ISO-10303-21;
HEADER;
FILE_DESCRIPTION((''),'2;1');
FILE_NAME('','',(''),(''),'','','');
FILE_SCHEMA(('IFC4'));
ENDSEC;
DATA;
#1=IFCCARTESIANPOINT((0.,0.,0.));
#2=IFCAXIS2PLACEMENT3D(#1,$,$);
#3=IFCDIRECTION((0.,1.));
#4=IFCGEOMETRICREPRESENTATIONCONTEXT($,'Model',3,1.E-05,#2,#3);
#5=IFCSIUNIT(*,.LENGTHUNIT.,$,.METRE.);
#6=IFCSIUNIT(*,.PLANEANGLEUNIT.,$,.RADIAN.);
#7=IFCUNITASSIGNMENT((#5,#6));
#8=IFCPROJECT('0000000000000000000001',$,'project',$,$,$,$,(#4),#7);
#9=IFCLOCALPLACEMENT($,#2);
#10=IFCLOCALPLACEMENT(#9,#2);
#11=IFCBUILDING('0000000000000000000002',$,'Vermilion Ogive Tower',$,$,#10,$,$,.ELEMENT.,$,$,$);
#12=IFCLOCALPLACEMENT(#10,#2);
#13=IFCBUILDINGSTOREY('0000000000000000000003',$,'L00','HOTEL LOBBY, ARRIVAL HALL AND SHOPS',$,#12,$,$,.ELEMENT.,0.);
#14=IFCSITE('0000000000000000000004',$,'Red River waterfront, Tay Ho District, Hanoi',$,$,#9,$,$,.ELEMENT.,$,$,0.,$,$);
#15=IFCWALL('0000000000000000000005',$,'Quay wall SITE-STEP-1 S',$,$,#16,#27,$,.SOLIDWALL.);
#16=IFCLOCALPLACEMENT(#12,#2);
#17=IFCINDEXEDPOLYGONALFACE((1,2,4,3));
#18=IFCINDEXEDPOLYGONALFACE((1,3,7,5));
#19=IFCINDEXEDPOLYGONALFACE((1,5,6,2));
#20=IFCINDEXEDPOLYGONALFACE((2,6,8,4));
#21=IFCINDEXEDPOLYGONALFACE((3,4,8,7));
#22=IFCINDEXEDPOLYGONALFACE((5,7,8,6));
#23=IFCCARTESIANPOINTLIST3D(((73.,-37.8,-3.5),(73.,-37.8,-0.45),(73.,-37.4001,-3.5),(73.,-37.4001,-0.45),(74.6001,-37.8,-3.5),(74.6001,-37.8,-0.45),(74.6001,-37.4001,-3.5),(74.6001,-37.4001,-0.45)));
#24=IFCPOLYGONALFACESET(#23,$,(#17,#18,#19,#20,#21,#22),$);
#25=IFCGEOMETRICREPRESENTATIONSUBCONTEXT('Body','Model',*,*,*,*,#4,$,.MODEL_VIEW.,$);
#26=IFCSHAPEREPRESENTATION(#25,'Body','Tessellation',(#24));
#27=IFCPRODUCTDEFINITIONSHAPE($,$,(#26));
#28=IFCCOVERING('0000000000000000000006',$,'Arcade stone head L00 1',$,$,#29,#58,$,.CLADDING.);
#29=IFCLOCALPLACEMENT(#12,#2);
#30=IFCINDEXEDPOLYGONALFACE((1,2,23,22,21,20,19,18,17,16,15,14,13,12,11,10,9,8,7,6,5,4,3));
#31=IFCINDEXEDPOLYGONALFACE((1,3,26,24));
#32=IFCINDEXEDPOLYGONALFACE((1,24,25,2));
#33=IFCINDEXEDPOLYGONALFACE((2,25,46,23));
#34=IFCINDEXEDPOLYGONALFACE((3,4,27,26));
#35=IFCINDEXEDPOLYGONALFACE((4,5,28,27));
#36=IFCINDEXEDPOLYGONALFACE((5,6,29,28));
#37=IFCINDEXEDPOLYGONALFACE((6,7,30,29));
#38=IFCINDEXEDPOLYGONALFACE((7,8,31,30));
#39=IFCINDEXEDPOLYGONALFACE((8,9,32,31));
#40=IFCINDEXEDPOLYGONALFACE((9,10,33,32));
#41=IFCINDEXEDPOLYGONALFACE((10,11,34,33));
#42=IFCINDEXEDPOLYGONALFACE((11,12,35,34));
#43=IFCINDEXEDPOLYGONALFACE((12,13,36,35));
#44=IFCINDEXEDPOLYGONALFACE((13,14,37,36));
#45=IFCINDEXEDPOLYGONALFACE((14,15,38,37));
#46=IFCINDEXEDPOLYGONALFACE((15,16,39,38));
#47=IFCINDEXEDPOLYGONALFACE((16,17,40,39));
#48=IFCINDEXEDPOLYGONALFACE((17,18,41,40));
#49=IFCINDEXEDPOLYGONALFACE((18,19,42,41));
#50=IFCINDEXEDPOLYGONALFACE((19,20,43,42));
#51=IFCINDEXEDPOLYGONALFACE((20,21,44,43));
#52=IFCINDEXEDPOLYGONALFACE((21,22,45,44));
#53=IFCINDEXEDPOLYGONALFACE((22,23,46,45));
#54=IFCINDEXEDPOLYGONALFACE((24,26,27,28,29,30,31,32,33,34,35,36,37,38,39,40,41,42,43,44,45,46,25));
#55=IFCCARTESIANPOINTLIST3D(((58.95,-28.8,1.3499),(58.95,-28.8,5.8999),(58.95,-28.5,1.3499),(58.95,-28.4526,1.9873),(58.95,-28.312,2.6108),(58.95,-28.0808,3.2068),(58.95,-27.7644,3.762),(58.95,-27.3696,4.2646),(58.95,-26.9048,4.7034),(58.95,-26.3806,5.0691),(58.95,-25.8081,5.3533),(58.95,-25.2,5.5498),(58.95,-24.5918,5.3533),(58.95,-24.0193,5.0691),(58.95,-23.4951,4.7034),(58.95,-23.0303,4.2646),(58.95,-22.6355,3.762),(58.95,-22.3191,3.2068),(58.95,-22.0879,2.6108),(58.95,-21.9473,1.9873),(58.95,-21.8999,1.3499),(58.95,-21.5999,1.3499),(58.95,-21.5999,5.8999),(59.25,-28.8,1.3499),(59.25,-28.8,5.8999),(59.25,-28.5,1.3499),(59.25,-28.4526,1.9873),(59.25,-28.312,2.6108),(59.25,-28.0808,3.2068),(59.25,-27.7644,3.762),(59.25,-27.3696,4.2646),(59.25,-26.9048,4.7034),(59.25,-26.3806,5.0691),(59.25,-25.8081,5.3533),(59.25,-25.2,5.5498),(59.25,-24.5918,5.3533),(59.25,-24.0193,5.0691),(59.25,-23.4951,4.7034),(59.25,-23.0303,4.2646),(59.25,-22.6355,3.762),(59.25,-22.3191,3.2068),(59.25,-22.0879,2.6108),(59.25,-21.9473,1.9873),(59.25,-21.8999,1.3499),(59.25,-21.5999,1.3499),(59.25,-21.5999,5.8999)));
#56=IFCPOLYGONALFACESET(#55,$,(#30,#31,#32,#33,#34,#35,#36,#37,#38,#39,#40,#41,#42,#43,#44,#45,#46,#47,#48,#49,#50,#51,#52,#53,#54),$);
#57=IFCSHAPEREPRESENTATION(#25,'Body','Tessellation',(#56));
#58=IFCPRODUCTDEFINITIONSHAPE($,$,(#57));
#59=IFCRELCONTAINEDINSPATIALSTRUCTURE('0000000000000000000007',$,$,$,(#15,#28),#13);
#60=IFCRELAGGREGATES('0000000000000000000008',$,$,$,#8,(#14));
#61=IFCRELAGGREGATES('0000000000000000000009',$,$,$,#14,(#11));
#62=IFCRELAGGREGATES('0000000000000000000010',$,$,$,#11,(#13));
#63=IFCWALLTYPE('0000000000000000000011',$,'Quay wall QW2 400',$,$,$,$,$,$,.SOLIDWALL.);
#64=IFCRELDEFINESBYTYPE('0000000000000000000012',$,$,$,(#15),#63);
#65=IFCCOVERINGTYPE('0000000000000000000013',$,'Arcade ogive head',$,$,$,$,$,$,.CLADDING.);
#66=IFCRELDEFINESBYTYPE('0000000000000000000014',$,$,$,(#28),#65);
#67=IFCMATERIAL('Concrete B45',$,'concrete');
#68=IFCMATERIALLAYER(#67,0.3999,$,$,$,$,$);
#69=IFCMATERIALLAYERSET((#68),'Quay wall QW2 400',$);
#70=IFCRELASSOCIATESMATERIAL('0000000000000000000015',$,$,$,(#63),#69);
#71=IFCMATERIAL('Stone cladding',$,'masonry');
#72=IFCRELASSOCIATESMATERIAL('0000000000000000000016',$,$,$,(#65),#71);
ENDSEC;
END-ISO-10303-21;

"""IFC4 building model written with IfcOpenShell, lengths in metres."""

from ifc_helpers import new_model, si_unit, direction, frame, frame_2d, origin, place, context, subcontext, project, spatial, polyline, rectangle, outline, extrude, material, layer, layer_set, type_object, element, save


model = new_model("IFC4")

# Units and contexts
model_context = context("Model", 3, precision=1e-05, world=origin(), true_north=direction((0.0, 1.0)))
body_context = subcontext(model_context, "Body", "Model", "MODEL_VIEW")
ifc_project = project(units=[si_unit("LENGTHUNIT", "METRE"), si_unit("PLANEANGLEUNIT", "RADIAN")], contexts=[model_context])

# Site, building, storey
site_placement = place(None, origin())
site = spatial("IfcSite", under=ifc_project, at=site_placement, Name="Red River waterfront, Tay Ho District, Hanoi", CompositionType="ELEMENT", RefElevation=0.0)
building_placement = place(site_placement, origin())
building = spatial("IfcBuilding", under=site, at=building_placement, Name="Vermilion Ogive Tower", CompositionType="ELEMENT")
storey_placement = place(building_placement, origin())
storey = spatial("IfcBuildingStorey", under=building, at=storey_placement, Name="L00", Description="HOTEL LOBBY, ARRIVAL HALL AND SHOPS", CompositionType="ELEMENT", Elevation=0.0)

# Wall
ifc_material_1 = material(Name="Concrete B45", Category="concrete")
ifc_layer_1 = layer(ifc_material_1, 0.3999)
ifc_layer_set_1 = layer_set([ifc_layer_1], Name="Quay wall QW2 400")
wall_type_1 = type_object("IfcWallType", Name="Quay wall QW2 400", PredefinedType="SOLIDWALL", material=ifc_layer_set_1)
wall_1_placement = place(storey_placement, frame((73.0, -37.6001, -3.5), z_axis=(0.0, 0.0, 1.0), x_axis=(1.0, 0.0, 0.0)))
element("IfcWall", 1, at=wall_1_placement, inside=storey, type_object=wall_type_1, Name="Quay wall SITE-STEP-1 S", PredefinedType="SOLIDWALL", context=body_context, shape_type="SweptSolid", body=[
    extrude(rectangle(XDim=1.6001, YDim=0.3999, at=frame_2d((0.8, 0.0))), origin(), (0.0, 0.0, 1.0), 3.05),
])

# Covering
ifc_material_2 = material(Name="Stone cladding", Category="masonry")
covering_type = type_object("IfcCoveringType", Name="Arcade ogive head", PredefinedType="CLADDING", material=ifc_material_2)
covering_placement = place(storey_placement, frame((58.95, -25.2, 5.8999), z_axis=(1.0, 0.0, 0.0), x_axis=(0.0, 1.0, 0.0)))
element("IfcCovering", 2, at=covering_placement, inside=storey, type_object=covering_type, Name="Arcade stone head L00 1", PredefinedType="CLADDING", context=body_context, shape_type="SweptSolid", body=[
    extrude(outline(polyline([(-3.3, -4.55), (-3.2527, -3.9126), (-3.1121, -3.2891), (-2.8809, -2.6931), (-2.5645, -2.1379), (-2.1697, -1.6353), (-1.7048, -1.1965), (-1.1807, -0.8308), (-0.6082, -0.5466), (0.0, -0.3501), (0.6082, -0.5466), (1.1807, -0.8308), (1.7048, -1.1965), (2.1697, -1.6353), (2.5645, -2.1379), (2.8809, -2.6931), (3.1121, -3.2891), (3.2527, -3.9126), (3.3, -4.55), (3.6001, -4.55), (3.6001, 0.0), (-3.6001, 0.0), (-3.6001, -4.55), (-3.3, -4.55)])), origin(), (0.0, 0.0, 1.0), 0.3),
])

save(model, "model.ifc")
